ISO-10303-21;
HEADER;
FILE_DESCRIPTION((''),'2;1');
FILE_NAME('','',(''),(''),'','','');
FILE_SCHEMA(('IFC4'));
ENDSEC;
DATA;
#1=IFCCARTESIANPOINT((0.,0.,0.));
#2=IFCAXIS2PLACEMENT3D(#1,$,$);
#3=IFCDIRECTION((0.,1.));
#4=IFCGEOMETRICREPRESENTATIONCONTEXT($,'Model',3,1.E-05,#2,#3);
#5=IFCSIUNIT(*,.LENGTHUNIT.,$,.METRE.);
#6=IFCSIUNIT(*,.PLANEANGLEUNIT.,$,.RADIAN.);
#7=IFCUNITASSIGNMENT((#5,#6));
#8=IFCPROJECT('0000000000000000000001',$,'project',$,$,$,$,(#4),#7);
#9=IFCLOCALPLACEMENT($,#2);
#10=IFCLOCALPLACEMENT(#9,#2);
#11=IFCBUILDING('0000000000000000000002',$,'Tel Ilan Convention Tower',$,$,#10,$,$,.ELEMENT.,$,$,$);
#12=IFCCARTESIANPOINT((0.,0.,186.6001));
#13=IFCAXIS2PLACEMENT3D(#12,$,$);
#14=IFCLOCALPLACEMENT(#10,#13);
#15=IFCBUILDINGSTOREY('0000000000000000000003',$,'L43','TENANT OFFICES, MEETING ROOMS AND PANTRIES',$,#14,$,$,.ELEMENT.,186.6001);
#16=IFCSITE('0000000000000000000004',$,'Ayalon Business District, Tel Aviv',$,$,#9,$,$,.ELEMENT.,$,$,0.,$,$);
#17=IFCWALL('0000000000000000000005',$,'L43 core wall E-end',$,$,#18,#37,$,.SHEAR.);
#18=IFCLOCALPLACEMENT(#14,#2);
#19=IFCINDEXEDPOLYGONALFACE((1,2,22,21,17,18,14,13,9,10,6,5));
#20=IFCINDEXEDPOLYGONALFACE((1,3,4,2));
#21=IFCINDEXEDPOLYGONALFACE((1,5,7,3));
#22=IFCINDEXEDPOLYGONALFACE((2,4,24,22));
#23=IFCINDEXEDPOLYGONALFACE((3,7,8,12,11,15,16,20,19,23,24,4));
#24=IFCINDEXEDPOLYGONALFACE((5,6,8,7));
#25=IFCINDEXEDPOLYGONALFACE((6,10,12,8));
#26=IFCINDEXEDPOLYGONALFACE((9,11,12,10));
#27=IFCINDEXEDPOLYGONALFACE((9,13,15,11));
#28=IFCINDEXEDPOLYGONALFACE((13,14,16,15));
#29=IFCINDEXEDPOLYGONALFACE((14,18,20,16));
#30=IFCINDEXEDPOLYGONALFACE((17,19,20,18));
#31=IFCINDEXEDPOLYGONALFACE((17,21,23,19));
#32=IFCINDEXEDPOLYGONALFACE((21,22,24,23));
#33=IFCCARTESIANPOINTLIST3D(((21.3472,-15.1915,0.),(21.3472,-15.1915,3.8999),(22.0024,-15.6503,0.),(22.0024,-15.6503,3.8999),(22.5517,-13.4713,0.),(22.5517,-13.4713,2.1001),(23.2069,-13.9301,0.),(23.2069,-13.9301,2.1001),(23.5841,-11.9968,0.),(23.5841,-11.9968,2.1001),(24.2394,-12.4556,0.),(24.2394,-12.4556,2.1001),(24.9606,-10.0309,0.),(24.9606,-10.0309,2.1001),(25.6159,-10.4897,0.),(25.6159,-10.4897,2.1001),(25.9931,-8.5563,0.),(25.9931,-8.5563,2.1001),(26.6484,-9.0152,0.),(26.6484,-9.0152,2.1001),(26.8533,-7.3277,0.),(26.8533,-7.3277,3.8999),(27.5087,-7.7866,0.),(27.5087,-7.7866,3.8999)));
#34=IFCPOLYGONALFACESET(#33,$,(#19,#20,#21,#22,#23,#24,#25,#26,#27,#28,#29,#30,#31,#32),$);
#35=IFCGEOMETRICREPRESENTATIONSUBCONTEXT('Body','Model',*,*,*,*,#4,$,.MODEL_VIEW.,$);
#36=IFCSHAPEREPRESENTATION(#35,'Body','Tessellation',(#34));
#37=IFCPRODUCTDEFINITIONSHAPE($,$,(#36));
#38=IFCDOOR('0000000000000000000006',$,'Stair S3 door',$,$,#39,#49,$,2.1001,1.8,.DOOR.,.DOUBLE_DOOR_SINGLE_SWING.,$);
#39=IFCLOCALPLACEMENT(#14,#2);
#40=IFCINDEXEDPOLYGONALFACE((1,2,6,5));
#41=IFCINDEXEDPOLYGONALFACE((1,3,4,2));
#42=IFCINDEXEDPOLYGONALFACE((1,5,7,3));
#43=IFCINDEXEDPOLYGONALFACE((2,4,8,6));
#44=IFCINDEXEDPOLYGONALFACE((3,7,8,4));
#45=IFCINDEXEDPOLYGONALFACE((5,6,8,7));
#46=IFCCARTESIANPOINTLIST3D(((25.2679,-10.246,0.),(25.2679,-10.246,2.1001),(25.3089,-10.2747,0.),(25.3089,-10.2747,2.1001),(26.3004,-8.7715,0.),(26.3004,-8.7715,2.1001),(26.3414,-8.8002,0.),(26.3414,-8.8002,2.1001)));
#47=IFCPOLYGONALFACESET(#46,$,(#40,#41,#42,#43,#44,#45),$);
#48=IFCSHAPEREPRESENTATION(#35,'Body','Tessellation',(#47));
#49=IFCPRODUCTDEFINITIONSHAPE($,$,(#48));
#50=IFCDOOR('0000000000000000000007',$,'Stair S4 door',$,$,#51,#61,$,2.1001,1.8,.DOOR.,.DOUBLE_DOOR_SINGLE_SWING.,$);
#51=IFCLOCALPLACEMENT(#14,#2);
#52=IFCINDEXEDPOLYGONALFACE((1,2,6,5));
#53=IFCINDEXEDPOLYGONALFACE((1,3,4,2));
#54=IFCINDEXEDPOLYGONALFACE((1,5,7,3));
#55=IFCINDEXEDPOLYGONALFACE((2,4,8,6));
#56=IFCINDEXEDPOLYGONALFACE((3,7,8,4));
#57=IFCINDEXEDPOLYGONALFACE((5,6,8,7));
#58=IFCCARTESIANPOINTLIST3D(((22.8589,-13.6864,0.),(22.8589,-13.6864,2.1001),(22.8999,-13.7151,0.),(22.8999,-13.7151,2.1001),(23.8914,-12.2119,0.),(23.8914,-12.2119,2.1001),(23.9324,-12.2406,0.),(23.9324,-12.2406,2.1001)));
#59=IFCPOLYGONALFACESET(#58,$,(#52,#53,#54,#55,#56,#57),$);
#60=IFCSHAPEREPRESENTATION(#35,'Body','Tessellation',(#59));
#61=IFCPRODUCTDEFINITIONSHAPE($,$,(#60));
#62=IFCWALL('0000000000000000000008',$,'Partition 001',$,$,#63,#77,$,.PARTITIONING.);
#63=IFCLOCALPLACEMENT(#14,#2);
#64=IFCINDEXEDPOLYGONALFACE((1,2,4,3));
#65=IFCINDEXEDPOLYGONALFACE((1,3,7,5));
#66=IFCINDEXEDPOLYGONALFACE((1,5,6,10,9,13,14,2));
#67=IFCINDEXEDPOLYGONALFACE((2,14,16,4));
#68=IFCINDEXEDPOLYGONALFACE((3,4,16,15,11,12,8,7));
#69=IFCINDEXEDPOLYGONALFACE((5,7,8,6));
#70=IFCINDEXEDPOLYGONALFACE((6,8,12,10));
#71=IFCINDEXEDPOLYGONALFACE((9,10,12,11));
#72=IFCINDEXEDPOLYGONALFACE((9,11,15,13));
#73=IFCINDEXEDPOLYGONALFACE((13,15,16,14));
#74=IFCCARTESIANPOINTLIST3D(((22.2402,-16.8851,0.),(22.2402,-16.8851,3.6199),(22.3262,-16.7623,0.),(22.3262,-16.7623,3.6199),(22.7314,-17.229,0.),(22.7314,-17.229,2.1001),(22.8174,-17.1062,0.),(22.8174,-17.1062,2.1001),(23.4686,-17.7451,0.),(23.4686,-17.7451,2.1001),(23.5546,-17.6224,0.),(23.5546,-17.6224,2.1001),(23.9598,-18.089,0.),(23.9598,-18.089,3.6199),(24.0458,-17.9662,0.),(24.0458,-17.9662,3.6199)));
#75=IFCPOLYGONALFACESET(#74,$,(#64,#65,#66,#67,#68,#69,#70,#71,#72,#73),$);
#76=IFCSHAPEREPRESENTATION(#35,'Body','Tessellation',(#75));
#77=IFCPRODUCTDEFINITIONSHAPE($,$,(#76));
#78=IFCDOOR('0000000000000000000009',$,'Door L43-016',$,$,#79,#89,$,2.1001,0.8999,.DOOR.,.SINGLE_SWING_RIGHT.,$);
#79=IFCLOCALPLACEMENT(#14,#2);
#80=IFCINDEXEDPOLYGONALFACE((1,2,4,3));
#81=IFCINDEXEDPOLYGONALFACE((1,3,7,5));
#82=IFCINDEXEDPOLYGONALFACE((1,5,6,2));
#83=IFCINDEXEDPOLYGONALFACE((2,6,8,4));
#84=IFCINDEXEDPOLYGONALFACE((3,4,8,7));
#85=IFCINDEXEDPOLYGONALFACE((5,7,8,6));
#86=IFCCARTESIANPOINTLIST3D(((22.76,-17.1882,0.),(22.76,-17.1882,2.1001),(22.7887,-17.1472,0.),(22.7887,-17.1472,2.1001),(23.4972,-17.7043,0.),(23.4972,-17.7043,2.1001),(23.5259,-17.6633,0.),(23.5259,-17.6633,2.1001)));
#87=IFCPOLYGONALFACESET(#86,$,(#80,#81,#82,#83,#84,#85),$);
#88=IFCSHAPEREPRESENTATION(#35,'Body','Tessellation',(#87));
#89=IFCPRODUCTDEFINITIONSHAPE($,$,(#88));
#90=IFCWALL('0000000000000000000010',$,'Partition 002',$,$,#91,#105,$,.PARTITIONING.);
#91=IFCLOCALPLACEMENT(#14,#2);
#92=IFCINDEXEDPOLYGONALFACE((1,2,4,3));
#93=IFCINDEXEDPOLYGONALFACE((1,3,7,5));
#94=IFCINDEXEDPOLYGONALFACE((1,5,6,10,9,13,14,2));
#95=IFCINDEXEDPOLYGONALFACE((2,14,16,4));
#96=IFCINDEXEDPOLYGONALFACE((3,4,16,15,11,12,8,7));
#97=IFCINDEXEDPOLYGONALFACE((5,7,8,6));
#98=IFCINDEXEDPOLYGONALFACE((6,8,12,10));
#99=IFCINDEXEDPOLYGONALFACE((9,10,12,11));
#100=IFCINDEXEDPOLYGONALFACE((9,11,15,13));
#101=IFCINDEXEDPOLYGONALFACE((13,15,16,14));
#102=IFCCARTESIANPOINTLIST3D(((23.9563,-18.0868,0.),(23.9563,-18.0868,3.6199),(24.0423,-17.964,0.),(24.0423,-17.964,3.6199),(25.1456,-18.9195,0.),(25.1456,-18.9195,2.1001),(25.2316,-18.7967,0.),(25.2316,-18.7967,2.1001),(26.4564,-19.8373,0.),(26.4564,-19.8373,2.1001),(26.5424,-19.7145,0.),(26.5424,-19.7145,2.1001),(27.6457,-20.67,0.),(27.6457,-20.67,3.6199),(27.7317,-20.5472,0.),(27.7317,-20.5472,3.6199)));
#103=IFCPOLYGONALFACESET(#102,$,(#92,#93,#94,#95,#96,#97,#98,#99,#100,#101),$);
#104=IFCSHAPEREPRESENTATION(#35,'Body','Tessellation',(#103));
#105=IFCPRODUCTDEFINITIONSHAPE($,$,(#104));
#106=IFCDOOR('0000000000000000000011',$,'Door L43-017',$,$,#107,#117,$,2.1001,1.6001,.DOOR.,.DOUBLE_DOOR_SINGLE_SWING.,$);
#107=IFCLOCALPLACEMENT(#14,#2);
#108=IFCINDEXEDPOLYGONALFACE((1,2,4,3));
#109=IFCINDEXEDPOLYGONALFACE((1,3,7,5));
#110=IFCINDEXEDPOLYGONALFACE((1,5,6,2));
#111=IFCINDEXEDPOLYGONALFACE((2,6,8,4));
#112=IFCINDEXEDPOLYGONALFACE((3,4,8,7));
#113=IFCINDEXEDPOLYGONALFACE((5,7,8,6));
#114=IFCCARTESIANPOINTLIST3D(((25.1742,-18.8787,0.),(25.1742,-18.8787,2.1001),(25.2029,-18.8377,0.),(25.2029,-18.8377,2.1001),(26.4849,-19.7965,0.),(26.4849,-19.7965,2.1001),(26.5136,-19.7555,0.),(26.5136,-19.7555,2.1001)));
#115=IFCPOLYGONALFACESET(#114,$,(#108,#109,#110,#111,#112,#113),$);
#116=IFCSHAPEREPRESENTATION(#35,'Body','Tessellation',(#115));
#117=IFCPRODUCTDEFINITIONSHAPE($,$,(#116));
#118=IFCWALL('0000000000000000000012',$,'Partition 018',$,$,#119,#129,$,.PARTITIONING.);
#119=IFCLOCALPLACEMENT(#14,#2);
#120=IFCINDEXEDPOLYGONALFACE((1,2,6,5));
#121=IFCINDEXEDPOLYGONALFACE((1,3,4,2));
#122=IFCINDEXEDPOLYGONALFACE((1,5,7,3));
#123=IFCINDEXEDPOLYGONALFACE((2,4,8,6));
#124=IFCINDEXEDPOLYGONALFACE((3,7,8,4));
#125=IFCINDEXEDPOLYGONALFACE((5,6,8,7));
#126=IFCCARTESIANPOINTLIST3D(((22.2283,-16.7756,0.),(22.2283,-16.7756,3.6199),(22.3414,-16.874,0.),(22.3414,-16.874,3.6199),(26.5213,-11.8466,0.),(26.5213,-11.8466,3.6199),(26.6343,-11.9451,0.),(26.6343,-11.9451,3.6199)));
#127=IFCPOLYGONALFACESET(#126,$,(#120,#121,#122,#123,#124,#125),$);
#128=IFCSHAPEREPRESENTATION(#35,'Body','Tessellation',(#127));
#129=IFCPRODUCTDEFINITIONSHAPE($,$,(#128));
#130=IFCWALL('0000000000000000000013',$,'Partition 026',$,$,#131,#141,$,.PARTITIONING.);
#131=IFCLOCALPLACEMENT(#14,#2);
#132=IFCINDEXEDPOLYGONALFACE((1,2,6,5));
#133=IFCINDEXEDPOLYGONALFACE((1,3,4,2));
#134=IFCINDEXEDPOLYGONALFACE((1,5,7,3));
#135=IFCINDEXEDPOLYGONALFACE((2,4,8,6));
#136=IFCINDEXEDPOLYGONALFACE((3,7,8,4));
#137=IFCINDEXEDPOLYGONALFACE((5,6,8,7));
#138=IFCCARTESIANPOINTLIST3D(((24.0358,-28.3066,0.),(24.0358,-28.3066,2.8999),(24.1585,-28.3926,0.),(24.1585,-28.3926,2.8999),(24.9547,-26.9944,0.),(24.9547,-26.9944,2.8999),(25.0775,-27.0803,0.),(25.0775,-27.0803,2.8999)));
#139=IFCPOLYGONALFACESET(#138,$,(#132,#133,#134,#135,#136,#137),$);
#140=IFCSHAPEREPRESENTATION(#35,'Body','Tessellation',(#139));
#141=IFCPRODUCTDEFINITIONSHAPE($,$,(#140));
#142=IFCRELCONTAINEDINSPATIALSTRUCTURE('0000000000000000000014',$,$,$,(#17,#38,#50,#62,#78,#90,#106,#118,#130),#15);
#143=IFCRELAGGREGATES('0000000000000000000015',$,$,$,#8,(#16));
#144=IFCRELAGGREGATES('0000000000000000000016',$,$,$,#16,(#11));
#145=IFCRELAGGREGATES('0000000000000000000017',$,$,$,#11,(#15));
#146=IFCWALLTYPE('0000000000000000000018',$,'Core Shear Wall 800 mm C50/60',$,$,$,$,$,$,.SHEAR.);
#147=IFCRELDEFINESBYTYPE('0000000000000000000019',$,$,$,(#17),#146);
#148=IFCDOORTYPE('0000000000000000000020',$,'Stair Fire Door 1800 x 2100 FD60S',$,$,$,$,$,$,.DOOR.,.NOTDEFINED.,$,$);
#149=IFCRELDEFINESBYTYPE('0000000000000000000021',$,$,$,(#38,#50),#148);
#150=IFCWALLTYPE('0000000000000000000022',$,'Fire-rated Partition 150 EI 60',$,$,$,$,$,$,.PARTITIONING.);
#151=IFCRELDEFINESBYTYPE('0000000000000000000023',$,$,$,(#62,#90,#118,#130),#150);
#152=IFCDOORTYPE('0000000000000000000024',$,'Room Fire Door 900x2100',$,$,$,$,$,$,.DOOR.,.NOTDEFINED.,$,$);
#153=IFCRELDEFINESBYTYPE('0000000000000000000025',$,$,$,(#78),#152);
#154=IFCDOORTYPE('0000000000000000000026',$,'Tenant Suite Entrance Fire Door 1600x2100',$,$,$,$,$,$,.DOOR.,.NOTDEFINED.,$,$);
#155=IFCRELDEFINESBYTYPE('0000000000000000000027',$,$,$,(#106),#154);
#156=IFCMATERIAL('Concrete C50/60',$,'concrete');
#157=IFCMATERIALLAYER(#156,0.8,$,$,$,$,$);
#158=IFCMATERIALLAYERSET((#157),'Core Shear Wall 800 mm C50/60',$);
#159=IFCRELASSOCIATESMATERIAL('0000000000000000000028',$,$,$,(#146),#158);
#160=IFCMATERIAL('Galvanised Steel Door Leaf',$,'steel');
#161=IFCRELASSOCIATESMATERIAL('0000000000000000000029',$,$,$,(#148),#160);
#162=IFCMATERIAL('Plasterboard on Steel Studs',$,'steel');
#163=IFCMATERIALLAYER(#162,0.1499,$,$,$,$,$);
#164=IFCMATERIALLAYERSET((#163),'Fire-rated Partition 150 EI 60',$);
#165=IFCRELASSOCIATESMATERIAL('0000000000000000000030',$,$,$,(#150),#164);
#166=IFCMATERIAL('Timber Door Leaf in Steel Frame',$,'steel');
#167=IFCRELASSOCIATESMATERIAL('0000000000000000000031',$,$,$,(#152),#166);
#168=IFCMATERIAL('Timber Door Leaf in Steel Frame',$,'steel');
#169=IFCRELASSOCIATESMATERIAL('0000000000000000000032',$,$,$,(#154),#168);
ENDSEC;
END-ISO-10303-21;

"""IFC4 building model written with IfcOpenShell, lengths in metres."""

from ifc_helpers import new_model, si_unit, direction, frame, frame_2d, origin, place, context, subcontext, project, spatial, polyline, rectangle, outline, extrude, material, layer, layer_set, type_object, element, fill, save


model = new_model("IFC4")

# Units and contexts
model_context = context("Model", 3, precision=1e-05, world=origin(), true_north=direction((0.0, 1.0)))
body_context = subcontext(model_context, "Body", "Model", "MODEL_VIEW")
ifc_project = project(units=[si_unit("LENGTHUNIT", "METRE"), si_unit("PLANEANGLEUNIT", "RADIAN")], contexts=[model_context])

# Site, building, storey
site_placement = place(None, origin())
site = spatial("IfcSite", under=ifc_project, at=site_placement, Name="Ayalon Business District, Tel Aviv", CompositionType="ELEMENT", RefElevation=0.0)
building_placement = place(site_placement, origin())
building = spatial("IfcBuilding", under=site, at=building_placement, Name="Tel Ilan Convention Tower", CompositionType="ELEMENT")
storey_placement = place(building_placement, frame((0.0, 0.0, 186.6001)))
storey = spatial("IfcBuildingStorey", under=building, at=storey_placement, Name="L43", Description="TENANT OFFICES, MEETING ROOMS AND PANTRIES", CompositionType="ELEMENT", Elevation=186.6001)

# Wall, openings, doors
ifc_material_1 = material(Name="Concrete C50/60", Category="concrete")
ifc_layer_1 = layer(ifc_material_1, 0.8)
ifc_layer_set_1 = layer_set([ifc_layer_1], Name="Core Shear Wall 800 mm C50/60")
wall_type_1 = type_object("IfcWallType", Name="Core Shear Wall 800 mm C50/60", PredefinedType="SHEAR", material=ifc_layer_set_1)
wall_1_placement = place(storey_placement, frame((21.6748, -15.4209, 0.0), z_axis=(0.0, 0.0, 1.0), x_axis=(0.573582, 0.819148, 0.0)))
wall_1 = element("IfcWall", 1, at=wall_1_placement, inside=storey, type_object=wall_type_1, Name="L43 core wall E-end", PredefinedType="SHEAR", context=body_context, shape_type="SweptSolid", body=[
    extrude(outline(polyline([(9.5999, 0.4001), (0.0, 0.3999), (0.0, -0.3999), (9.5999, -0.3999), (9.5999, 0.4001)])), origin(), (0.0, 0.0, 1.0), 3.8999),
])
opening_1_placement = place(wall_1_placement, frame((6.3, 0.0, 0.0)))
opening_1 = element("IfcOpeningElement", 2, at=opening_1_placement, cuts=wall_1, PredefinedType="OPENING", context=body_context, shape_type="SweptSolid", body=[
    extrude(rectangle(XDim=1.8, YDim=2.1001, at=frame_2d((0.8999, 1.05))), frame((0.0, 0.4099, 0.0), z_axis=(0.0, -1.0, 0.0), x_axis=(1.0, 0.0, 0.0)), (0.0, 0.0, 1.0), 0.8201),
])
opening_2_placement = place(wall_1_placement, frame((2.1001, 0.0, 0.0)))
opening_2 = element("IfcOpeningElement", 3, at=opening_2_placement, cuts=wall_1, PredefinedType="OPENING", context=body_context, shape_type="SweptSolid", body=[
    extrude(rectangle(XDim=1.8, YDim=2.1001, at=frame_2d((0.8999, 1.05))), frame((0.0, 0.4099, 0.0), z_axis=(0.0, -1.0, 0.0), x_axis=(1.0, 0.0, 0.0)), (0.0, 0.0, 1.0), 0.8201),
])
ifc_material_2 = material(Name="Galvanised Steel Door Leaf", Category="steel")
door_type_1 = type_object("IfcDoorType", Name="Stair Fire Door 1800 x 2100 FD60S", OperationType="NOTDEFINED", PredefinedType="DOOR", material=ifc_material_2)
door_1_placement = place(opening_1_placement, origin())
door_1 = element("IfcDoor", 4, at=door_1_placement, inside=storey, type_object=door_type_1, Name="Stair S3 door", OperationType="DOUBLE_DOOR_SINGLE_SWING", OverallHeight=2.1001, OverallWidth=1.8, PredefinedType="DOOR", context=body_context, shape_type="SweptSolid", body=[
    extrude(rectangle(XDim=1.8, YDim=2.1001, at=frame_2d((0.8999, 1.05))), frame((0.0, 0.0249, 0.0), z_axis=(0.0, -1.0, 0.0), x_axis=(1.0, 0.0, 0.0)), (0.0, 0.0, 1.0), 0.05),
])
fill(opening_1, door_1)
door_2_placement = place(opening_2_placement, origin())
door_2 = element("IfcDoor", 5, at=door_2_placement, inside=storey, type_object=door_type_1, Name="Stair S4 door", OperationType="DOUBLE_DOOR_SINGLE_SWING", OverallHeight=2.1001, OverallWidth=1.8, PredefinedType="DOOR", context=body_context, shape_type="SweptSolid", body=[
    extrude(rectangle(XDim=1.8, YDim=2.1001, at=frame_2d((0.8999, 1.05))), frame((0.0, 0.0249, 0.0), z_axis=(0.0, -1.0, 0.0), x_axis=(1.0, 0.0, 0.0)), (0.0, 0.0, 1.0), 0.05),
])
fill(opening_2, door_2)

# Walls, openings, doors
ifc_material_3 = material(Name="Plasterboard on Steel Studs", Category="steel")
ifc_layer_2 = layer(ifc_material_3, 0.1499)
ifc_layer_set_2 = layer_set([ifc_layer_2], Name="Fire-rated Partition 150 EI 60")
wall_type_2 = type_object("IfcWallType", Name="Fire-rated Partition 150 EI 60", PredefinedType="PARTITIONING", material=ifc_layer_set_2)
wall_2_placement = place(storey_placement, frame((22.2832, -16.8237, 0.0), z_axis=(0.0, 0.0, 1.0), x_axis=(0.819183, -0.573533, 0.0)))
wall_2 = element("IfcWall", 6, at=wall_2_placement, inside=storey, type_object=wall_type_2, Name="Partition 001", PredefinedType="PARTITIONING", context=body_context, shape_type="SweptSolid", body=[
    extrude(rectangle(XDim=2.0991, YDim=0.1499, at=frame_2d((1.0496, 0.0))), origin(), (0.0, 0.0, 1.0), 3.6199),
])
opening_3_placement = place(wall_2_placement, frame((0.5996, 0.0, 0.0)))
opening_3 = element("IfcOpeningElement", 7, at=opening_3_placement, cuts=wall_2, PredefinedType="OPENING", context=body_context, shape_type="SweptSolid", body=[
    extrude(rectangle(XDim=0.8999, YDim=2.1001, at=frame_2d((0.45, 1.05))), frame((0.0, 0.085, 0.0), z_axis=(0.0, -1.0, 0.0), x_axis=(1.0, 0.0, 0.0)), (0.0, 0.0, 1.0), 0.1699),
])
ifc_material_4 = material(Name="Timber Door Leaf in Steel Frame", Category="steel")
door_type_2 = type_object("IfcDoorType", Name="Room Fire Door 900x2100", OperationType="NOTDEFINED", PredefinedType="DOOR", material=ifc_material_4)
door_3_placement = place(opening_3_placement, origin())
door_3 = element("IfcDoor", 8, at=door_3_placement, inside=storey, type_object=door_type_2, Name="Door L43-016", OperationType="SINGLE_SWING_RIGHT", OverallHeight=2.1001, OverallWidth=0.8999, PredefinedType="DOOR", context=body_context, shape_type="SweptSolid", body=[
    extrude(rectangle(XDim=0.8999, YDim=2.1001, at=frame_2d((0.45, 1.05))), frame((0.0, 0.0249, 0.0), z_axis=(0.0, -1.0, 0.0), x_axis=(1.0, 0.0, 0.0)), (0.0, 0.0, 1.0), 0.05),
])
fill(opening_3, door_3)
wall_3_placement = place(storey_placement, frame((23.9993, -18.0254, 0.0), z_axis=(0.0, 0.0, 1.0), x_axis=(0.819166, -0.573557, 0.0)))
wall_3 = element("IfcWall", 9, at=wall_3_placement, inside=storey, type_object=wall_type_2, Name="Partition 002", PredefinedType="PARTITIONING", context=body_context, shape_type="SweptSolid", body=[
    extrude(rectangle(XDim=4.5039, YDim=0.1499, at=frame_2d((2.252, 0.0))), origin(), (0.0, 0.0, 1.0), 3.6199),
])
opening_4_placement = place(wall_3_placement, frame((1.4519, 0.0, 0.0)))
opening_4 = element("IfcOpeningElement", 10, at=opening_4_placement, cuts=wall_3, PredefinedType="OPENING", context=body_context, shape_type="SweptSolid", body=[
    extrude(rectangle(XDim=1.6001, YDim=2.1001, at=frame_2d((0.8, 1.05))), frame((0.0, 0.085, 0.0), z_axis=(0.0, -1.0, 0.0), x_axis=(1.0, 0.0, 0.0)), (0.0, 0.0, 1.0), 0.1699),
])
ifc_material_5 = material(Name="Timber Door Leaf in Steel Frame", Category="steel")
door_type_3 = type_object("IfcDoorType", Name="Tenant Suite Entrance Fire Door 1600x2100", OperationType="NOTDEFINED", PredefinedType="DOOR", material=ifc_material_5)
door_4_placement = place(opening_4_placement, origin())
door_4 = element("IfcDoor", 11, at=door_4_placement, inside=storey, type_object=door_type_3, Name="Door L43-017", OperationType="DOUBLE_DOOR_SINGLE_SWING", OverallHeight=2.1001, OverallWidth=1.6001, PredefinedType="DOOR", context=body_context, shape_type="SweptSolid", body=[
    extrude(rectangle(XDim=1.6001, YDim=2.1001, at=frame_2d((0.8, 1.05))), frame((0.0, 0.0249, 0.0), z_axis=(0.0, -1.0, 0.0), x_axis=(1.0, 0.0, 0.0)), (0.0, 0.0, 1.0), 0.05),
])
fill(opening_4, door_4)

# Walls
wall_4_placement = place(storey_placement, frame((22.2849, -16.8247, 0.0), z_axis=(0.0, 0.0, 1.0), x_axis=(0.656781, 0.754081, 0.0)))
element("IfcWall", 12, at=wall_4_placement, inside=storey, type_object=wall_type_2, Name="Partition 018", PredefinedType="PARTITIONING", context=body_context, shape_type="SweptSolid", body=[
    extrude(rectangle(XDim=6.5364, YDim=0.1499, at=frame_2d((3.2681, 0.0))), origin(), (0.0, 0.0, 1.0), 3.6199),
])
wall_5_placement = place(storey_placement, frame((25.0161, -27.0374, 0.0), z_axis=(0.0, 0.0, 1.0), x_axis=(-0.573616, -0.819125, 0.0)))
element("IfcWall", 13, at=wall_5_placement, inside=storey, type_object=wall_type_2, Name="Partition 026", PredefinedType="PARTITIONING", context=body_context, shape_type="SweptSolid", body=[
    extrude(rectangle(XDim=1.6021, YDim=0.1499, at=frame_2d((0.801, 0.0))), origin(), (0.0, 0.0, 1.0), 2.8999),
])

save(model, "model.ifc")
